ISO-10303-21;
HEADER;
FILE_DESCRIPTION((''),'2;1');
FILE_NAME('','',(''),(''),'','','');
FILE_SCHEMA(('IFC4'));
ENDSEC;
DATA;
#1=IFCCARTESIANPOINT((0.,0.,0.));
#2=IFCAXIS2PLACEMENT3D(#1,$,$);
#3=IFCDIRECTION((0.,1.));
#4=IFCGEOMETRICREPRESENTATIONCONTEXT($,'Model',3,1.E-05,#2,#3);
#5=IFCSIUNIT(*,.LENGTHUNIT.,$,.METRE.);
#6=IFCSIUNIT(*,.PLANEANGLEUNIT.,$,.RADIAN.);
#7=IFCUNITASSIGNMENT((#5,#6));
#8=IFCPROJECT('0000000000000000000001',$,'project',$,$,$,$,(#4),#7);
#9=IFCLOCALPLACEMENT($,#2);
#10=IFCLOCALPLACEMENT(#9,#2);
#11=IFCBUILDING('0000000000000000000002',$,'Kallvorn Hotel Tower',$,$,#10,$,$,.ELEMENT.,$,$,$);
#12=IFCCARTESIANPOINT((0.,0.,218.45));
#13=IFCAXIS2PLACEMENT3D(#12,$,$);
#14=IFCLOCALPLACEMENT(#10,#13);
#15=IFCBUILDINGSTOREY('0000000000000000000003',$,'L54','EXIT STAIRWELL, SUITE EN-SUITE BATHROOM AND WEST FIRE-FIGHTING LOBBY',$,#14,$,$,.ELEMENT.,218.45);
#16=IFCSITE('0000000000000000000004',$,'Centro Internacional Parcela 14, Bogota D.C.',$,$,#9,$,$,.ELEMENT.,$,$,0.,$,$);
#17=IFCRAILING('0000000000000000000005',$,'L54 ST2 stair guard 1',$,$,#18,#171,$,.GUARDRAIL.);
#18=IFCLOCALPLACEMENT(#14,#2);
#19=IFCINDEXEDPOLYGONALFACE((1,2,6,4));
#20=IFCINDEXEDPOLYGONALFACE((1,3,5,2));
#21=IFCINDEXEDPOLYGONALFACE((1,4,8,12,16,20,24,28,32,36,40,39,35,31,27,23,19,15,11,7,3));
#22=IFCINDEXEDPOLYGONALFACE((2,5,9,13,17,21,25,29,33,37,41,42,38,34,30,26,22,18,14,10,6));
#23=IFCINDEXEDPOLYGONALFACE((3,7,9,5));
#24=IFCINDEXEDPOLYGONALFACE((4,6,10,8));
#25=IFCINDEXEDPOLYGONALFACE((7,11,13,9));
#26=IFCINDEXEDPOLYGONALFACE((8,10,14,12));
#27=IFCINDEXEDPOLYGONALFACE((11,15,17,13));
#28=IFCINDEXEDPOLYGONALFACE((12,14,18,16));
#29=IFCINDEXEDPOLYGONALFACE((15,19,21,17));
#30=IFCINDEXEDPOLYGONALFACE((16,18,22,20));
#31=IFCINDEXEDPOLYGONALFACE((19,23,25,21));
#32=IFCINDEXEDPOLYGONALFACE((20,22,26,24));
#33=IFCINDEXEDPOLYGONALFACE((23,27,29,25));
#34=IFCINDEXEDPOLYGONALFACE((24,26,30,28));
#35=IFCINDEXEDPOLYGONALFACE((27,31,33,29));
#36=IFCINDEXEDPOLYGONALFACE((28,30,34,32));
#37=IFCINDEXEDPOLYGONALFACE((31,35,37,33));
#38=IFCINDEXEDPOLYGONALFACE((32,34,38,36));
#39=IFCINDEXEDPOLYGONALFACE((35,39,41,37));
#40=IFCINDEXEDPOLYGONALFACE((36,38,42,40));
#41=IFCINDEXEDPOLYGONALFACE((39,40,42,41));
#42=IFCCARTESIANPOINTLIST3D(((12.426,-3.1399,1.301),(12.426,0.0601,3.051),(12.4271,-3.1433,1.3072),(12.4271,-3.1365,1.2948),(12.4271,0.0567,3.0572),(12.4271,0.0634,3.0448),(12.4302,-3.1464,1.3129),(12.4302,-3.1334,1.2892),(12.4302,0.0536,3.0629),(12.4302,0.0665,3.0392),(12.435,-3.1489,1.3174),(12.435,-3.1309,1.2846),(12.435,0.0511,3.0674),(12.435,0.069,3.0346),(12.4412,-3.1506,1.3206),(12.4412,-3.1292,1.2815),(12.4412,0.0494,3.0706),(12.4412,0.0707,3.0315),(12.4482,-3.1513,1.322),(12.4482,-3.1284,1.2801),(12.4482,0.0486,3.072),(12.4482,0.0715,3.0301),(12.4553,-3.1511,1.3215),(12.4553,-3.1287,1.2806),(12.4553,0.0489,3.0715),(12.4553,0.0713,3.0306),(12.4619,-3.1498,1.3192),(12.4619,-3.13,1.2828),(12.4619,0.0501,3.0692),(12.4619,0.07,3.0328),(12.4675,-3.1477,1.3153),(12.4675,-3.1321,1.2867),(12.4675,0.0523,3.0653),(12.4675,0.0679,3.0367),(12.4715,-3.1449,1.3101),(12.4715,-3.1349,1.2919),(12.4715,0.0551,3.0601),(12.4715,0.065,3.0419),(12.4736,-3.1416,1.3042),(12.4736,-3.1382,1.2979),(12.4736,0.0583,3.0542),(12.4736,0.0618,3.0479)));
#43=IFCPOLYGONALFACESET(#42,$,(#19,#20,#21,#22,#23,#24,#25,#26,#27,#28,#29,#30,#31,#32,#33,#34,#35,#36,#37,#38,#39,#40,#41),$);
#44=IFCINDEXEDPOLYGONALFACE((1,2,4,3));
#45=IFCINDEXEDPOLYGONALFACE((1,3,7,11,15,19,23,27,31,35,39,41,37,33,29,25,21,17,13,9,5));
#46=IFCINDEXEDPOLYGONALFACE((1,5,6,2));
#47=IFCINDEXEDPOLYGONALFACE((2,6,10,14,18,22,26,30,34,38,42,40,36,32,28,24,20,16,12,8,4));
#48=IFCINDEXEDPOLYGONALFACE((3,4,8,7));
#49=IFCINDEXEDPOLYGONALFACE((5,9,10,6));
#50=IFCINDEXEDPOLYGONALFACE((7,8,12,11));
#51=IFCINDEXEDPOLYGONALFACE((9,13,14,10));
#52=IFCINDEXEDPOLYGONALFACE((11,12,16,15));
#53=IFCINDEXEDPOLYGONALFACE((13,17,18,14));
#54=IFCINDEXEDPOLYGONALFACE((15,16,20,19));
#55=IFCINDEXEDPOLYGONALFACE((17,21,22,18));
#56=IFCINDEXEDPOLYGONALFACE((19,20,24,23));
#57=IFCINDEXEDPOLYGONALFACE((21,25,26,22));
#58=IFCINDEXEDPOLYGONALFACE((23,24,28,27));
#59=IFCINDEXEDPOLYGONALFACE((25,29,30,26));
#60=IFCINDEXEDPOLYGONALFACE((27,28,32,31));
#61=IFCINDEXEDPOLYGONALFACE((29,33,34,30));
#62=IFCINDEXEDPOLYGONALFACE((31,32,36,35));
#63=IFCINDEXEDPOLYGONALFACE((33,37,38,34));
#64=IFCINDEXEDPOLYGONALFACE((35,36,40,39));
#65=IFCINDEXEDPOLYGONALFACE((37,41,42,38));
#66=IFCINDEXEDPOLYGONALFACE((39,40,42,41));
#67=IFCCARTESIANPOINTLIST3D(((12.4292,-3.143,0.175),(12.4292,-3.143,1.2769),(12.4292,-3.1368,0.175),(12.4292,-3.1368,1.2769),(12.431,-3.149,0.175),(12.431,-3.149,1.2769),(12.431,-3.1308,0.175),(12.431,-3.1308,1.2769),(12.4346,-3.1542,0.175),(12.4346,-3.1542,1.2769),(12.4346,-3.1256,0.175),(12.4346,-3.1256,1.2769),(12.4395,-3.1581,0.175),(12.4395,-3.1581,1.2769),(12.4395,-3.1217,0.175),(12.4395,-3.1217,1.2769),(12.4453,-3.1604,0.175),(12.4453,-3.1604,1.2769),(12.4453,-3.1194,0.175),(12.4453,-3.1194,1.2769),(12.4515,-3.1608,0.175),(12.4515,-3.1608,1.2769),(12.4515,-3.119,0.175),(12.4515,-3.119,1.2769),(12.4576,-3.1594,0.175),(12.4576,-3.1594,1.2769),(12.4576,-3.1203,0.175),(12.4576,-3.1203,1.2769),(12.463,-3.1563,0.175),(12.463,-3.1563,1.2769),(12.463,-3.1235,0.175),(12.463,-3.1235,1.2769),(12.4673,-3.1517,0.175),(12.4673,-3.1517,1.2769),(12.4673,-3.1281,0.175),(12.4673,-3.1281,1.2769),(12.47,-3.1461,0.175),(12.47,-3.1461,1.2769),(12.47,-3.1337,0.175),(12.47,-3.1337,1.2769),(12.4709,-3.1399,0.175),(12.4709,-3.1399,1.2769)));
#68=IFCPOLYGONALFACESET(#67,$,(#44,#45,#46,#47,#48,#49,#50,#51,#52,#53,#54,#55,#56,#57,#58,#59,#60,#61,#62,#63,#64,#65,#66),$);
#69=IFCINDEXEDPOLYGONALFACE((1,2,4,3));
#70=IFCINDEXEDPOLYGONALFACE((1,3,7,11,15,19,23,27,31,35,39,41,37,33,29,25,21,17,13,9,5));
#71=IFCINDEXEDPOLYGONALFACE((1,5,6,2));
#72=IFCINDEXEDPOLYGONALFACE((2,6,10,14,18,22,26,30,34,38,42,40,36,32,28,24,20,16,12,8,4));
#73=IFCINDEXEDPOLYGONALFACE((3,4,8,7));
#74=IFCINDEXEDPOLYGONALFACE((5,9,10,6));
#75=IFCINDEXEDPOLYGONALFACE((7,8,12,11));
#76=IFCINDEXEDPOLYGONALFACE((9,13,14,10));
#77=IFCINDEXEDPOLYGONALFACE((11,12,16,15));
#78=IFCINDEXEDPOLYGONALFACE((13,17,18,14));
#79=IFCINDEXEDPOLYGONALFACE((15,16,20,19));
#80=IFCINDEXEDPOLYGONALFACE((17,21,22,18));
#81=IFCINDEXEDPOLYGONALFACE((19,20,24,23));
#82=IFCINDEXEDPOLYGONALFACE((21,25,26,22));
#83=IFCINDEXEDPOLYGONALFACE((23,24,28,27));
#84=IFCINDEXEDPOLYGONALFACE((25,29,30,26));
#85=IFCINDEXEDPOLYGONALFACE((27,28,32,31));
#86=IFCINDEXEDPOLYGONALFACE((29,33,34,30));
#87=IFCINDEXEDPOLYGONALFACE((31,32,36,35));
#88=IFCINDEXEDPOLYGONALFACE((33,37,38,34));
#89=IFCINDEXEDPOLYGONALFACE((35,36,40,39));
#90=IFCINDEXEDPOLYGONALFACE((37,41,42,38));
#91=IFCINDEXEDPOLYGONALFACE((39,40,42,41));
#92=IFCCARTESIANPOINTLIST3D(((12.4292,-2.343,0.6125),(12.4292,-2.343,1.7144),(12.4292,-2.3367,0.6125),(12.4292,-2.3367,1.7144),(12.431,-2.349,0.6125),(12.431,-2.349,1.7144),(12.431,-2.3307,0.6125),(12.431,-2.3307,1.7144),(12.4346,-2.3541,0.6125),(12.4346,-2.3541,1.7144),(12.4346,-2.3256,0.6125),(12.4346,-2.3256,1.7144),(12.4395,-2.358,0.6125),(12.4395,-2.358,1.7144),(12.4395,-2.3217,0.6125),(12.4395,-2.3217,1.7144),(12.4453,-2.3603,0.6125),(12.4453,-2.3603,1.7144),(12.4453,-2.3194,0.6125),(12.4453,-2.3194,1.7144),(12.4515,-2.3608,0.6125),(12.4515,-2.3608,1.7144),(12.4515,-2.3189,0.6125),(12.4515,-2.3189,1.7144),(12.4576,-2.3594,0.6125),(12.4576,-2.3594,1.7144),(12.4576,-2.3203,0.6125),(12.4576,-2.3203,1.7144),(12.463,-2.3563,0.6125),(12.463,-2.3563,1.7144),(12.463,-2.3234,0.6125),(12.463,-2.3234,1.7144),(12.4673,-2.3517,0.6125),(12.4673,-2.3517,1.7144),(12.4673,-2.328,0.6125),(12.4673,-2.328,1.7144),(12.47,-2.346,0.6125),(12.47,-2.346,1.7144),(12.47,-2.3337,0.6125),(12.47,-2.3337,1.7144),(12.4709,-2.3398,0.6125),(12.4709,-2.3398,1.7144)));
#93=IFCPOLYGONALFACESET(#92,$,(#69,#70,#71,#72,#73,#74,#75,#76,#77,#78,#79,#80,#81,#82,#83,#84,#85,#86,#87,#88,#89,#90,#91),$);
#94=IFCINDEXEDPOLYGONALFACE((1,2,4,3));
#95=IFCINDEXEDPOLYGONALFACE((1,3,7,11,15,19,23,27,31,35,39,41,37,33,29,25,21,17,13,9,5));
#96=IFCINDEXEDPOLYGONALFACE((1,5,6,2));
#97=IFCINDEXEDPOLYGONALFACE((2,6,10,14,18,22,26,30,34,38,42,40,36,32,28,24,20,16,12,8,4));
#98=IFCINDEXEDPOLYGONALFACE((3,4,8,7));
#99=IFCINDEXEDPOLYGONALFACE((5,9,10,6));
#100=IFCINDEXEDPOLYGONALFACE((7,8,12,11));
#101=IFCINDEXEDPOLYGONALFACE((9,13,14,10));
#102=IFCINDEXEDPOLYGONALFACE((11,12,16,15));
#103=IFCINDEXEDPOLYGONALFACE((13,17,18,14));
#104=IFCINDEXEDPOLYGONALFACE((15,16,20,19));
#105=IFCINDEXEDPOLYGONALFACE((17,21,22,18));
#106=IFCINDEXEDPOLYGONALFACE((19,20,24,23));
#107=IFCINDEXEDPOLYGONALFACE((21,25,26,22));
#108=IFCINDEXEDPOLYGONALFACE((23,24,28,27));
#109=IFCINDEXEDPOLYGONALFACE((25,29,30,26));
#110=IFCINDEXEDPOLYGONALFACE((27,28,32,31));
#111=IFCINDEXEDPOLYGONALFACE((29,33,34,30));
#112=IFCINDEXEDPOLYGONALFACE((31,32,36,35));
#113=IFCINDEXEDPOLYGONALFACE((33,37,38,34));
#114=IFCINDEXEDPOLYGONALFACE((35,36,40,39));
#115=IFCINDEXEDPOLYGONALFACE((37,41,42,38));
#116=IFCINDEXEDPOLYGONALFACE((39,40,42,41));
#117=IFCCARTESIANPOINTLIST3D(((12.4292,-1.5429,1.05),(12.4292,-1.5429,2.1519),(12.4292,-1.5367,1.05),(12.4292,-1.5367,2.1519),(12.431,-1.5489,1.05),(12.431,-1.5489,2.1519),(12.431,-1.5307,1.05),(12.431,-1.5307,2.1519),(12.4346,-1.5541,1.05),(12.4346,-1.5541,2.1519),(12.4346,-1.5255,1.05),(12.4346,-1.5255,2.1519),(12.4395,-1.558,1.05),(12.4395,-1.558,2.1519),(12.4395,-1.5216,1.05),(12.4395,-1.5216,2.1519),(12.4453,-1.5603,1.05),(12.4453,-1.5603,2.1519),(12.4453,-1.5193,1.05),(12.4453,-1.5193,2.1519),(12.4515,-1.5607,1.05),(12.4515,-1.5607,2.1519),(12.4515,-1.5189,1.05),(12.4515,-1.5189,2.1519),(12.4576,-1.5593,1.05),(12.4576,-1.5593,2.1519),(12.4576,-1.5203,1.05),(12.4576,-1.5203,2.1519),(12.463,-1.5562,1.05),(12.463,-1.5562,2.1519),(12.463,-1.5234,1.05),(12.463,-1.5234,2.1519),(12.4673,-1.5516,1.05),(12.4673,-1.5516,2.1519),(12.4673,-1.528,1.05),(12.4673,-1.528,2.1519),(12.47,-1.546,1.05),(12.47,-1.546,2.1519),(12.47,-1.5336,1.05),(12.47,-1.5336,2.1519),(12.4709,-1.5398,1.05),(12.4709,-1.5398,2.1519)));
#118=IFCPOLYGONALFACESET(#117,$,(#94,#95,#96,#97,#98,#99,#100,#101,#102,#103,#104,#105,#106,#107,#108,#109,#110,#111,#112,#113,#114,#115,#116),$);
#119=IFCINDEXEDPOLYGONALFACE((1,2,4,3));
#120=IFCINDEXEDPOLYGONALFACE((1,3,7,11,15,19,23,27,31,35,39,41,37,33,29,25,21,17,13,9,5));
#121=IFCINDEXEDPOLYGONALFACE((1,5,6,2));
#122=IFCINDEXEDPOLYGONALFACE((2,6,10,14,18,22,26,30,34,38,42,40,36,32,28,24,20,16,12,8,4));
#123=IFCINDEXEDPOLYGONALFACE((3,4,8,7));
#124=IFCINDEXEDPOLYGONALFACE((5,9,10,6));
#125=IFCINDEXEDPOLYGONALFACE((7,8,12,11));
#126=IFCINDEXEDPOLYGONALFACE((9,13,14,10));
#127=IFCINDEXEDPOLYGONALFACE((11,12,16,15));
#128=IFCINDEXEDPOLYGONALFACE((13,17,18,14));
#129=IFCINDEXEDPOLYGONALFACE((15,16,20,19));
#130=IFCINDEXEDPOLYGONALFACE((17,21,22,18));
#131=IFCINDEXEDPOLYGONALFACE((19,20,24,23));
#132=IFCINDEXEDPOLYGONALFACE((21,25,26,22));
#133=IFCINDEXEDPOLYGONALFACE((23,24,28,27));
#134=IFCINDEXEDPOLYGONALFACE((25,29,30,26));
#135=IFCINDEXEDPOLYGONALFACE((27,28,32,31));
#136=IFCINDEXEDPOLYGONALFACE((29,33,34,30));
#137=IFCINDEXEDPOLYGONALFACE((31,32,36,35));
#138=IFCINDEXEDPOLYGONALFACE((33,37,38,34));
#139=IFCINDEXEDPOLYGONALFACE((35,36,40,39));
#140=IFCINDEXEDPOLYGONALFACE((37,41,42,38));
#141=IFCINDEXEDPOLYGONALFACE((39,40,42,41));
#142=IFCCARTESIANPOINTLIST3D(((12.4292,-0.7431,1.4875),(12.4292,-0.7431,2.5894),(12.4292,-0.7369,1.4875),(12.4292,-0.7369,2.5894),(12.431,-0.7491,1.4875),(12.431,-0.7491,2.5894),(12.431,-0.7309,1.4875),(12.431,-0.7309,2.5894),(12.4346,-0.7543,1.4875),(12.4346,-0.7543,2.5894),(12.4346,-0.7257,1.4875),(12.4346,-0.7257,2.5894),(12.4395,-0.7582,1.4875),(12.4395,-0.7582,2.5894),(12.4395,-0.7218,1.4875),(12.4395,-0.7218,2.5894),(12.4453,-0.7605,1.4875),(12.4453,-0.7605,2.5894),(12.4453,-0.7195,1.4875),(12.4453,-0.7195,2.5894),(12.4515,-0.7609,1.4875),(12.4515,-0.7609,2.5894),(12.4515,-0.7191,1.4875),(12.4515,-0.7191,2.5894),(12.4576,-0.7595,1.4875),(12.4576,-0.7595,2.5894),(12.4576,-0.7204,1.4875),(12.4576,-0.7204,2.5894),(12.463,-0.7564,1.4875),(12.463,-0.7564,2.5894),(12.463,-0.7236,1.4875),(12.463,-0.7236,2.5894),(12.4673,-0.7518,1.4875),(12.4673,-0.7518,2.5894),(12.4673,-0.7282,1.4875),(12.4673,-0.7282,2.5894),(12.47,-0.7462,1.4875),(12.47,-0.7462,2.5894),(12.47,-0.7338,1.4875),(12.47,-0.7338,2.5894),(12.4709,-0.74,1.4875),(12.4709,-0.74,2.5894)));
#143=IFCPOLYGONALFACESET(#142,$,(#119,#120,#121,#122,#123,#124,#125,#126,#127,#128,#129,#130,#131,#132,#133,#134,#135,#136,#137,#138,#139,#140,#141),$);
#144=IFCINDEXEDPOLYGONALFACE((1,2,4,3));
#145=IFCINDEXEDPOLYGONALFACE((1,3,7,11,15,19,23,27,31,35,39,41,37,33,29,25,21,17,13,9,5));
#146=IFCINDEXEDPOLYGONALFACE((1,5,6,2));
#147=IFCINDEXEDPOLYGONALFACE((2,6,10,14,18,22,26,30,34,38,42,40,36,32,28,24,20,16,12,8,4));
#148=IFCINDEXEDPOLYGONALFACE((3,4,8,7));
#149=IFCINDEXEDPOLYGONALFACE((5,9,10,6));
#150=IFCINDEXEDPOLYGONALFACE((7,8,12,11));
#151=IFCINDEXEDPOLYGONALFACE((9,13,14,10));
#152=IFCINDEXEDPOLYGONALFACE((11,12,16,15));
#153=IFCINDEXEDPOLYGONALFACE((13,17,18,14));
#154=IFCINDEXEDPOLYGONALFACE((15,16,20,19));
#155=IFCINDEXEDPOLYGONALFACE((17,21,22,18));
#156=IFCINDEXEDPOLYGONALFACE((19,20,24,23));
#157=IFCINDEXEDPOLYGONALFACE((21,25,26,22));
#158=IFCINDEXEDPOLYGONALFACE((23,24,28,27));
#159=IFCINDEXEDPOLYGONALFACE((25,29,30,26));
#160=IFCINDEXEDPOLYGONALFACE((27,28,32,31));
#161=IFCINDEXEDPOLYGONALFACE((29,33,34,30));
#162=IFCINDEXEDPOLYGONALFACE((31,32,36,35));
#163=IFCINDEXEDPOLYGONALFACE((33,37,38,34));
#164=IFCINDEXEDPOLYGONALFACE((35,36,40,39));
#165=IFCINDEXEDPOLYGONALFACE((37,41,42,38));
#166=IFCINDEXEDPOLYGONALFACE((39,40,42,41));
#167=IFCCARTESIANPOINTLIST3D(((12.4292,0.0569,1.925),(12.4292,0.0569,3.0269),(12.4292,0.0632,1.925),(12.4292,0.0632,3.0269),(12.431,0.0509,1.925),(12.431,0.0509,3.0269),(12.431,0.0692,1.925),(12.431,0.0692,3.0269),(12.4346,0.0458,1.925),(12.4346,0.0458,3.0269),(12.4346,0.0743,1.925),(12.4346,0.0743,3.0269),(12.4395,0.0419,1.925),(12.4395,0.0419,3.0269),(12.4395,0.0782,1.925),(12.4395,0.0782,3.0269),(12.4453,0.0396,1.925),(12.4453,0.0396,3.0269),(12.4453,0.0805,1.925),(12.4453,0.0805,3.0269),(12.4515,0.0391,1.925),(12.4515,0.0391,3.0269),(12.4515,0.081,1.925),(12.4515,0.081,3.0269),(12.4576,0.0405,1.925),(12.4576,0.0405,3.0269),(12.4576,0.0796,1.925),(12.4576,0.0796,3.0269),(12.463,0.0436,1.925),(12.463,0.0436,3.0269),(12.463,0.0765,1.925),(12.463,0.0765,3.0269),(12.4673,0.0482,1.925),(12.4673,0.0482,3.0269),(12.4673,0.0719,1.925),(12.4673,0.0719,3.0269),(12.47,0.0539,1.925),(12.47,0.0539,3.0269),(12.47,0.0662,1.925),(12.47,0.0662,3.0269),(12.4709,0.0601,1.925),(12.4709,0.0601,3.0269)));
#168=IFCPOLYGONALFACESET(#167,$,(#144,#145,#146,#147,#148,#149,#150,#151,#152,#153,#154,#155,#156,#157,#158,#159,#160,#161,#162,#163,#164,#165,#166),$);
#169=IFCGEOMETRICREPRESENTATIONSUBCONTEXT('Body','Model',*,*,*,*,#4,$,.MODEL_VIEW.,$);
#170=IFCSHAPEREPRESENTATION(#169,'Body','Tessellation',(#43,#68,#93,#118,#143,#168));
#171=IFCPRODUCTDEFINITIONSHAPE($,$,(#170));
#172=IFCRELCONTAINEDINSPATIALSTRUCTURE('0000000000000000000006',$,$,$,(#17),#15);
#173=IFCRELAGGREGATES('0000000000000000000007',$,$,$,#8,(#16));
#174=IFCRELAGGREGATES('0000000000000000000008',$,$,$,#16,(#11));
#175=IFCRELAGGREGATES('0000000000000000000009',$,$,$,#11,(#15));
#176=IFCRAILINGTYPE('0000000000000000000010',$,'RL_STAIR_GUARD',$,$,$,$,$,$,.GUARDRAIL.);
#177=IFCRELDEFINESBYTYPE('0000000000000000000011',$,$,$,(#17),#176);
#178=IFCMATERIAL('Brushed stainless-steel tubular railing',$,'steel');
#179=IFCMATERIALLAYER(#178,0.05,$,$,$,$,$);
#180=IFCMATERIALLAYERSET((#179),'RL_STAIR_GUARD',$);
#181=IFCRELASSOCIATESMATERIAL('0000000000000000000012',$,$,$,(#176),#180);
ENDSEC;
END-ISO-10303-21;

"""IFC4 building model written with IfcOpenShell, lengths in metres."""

from ifc_helpers import new_model, si_unit, direction, frame, origin, origin_2d, place, context, subcontext, project, spatial, circle, extrude, material, layer, layer_set, type_object, element, save


model = new_model("IFC4")

# Units and contexts
model_context = context("Model", 3, precision=1e-05, world=origin(), true_north=direction((0.0, 1.0)))
body_context = subcontext(model_context, "Body", "Model", "MODEL_VIEW")
ifc_project = project(units=[si_unit("LENGTHUNIT", "METRE"), si_unit("PLANEANGLEUNIT", "RADIAN")], contexts=[model_context])

# Site, building, storey
site_placement = place(None, origin())
site = spatial("IfcSite", under=ifc_project, at=site_placement, Name="Centro Internacional Parcela 14, Bogota D.C.", CompositionType="ELEMENT", RefElevation=0.0)
building_placement = place(site_placement, origin())
building = spatial("IfcBuilding", under=site, at=building_placement, Name="Kallvorn Hotel Tower", CompositionType="ELEMENT")
storey_placement = place(building_placement, frame((0.0, 0.0, 218.45)))
storey = spatial("IfcBuildingStorey", under=building, at=storey_placement, Name="L54", Description="EXIT STAIRWELL, SUITE EN-SUITE BATHROOM AND WEST FIRE-FIGHTING LOBBY", CompositionType="ELEMENT", Elevation=218.45)

# Railing
ifc_material_1 = material(Name="Brushed stainless-steel tubular railing", Category="steel")
ifc_layer_1 = layer(ifc_material_1, 0.05)
ifc_layer_set_1 = layer_set([ifc_layer_1], Name="RL_STAIR_GUARD")
railing_type_1 = type_object("IfcRailingType", Name="RL_STAIR_GUARD", PredefinedType="GUARDRAIL", material=ifc_layer_set_1)
railing_1_placement = place(storey_placement, frame((12.45, -3.1399, 0.175)))
element("IfcRailing", 1, at=railing_1_placement, inside=storey, type_object=railing_type_1, Name="L54 ST2 stair guard 1", PredefinedType="GUARDRAIL", context=body_context, shape_type="SweptSolid", body=[
    extrude(circle(Radius=0.0239, at=origin_2d()), frame((0.0, 0.0, 1.126), z_axis=(0.0, 0.877368, 0.479818), x_axis=(-1.0, 0.0, 0.0)), (0.0, 0.0, 1.0), 3.6472),
    extrude(circle(Radius=0.021, at=origin_2d()), origin(), (0.0, 0.0, 1.0), 1.1018),
    extrude(circle(Radius=0.021, at=origin_2d()), frame((0.0, 0.8, 0.4375)), (0.0, 0.0, 1.0), 1.1018),
    extrude(circle(Radius=0.021, at=origin_2d()), frame((0.0, 1.6001, 0.875)), (0.0, 0.0, 1.0), 1.1018),
    extrude(circle(Radius=0.021, at=origin_2d()), frame((0.0, 2.3999, 1.3125)), (0.0, 0.0, 1.0), 1.1018),
    extrude(circle(Radius=0.021, at=origin_2d()), frame((0.0, 3.2, 1.75)), (0.0, 0.0, 1.0), 1.1018),
])

save(model, "model.ifc")
